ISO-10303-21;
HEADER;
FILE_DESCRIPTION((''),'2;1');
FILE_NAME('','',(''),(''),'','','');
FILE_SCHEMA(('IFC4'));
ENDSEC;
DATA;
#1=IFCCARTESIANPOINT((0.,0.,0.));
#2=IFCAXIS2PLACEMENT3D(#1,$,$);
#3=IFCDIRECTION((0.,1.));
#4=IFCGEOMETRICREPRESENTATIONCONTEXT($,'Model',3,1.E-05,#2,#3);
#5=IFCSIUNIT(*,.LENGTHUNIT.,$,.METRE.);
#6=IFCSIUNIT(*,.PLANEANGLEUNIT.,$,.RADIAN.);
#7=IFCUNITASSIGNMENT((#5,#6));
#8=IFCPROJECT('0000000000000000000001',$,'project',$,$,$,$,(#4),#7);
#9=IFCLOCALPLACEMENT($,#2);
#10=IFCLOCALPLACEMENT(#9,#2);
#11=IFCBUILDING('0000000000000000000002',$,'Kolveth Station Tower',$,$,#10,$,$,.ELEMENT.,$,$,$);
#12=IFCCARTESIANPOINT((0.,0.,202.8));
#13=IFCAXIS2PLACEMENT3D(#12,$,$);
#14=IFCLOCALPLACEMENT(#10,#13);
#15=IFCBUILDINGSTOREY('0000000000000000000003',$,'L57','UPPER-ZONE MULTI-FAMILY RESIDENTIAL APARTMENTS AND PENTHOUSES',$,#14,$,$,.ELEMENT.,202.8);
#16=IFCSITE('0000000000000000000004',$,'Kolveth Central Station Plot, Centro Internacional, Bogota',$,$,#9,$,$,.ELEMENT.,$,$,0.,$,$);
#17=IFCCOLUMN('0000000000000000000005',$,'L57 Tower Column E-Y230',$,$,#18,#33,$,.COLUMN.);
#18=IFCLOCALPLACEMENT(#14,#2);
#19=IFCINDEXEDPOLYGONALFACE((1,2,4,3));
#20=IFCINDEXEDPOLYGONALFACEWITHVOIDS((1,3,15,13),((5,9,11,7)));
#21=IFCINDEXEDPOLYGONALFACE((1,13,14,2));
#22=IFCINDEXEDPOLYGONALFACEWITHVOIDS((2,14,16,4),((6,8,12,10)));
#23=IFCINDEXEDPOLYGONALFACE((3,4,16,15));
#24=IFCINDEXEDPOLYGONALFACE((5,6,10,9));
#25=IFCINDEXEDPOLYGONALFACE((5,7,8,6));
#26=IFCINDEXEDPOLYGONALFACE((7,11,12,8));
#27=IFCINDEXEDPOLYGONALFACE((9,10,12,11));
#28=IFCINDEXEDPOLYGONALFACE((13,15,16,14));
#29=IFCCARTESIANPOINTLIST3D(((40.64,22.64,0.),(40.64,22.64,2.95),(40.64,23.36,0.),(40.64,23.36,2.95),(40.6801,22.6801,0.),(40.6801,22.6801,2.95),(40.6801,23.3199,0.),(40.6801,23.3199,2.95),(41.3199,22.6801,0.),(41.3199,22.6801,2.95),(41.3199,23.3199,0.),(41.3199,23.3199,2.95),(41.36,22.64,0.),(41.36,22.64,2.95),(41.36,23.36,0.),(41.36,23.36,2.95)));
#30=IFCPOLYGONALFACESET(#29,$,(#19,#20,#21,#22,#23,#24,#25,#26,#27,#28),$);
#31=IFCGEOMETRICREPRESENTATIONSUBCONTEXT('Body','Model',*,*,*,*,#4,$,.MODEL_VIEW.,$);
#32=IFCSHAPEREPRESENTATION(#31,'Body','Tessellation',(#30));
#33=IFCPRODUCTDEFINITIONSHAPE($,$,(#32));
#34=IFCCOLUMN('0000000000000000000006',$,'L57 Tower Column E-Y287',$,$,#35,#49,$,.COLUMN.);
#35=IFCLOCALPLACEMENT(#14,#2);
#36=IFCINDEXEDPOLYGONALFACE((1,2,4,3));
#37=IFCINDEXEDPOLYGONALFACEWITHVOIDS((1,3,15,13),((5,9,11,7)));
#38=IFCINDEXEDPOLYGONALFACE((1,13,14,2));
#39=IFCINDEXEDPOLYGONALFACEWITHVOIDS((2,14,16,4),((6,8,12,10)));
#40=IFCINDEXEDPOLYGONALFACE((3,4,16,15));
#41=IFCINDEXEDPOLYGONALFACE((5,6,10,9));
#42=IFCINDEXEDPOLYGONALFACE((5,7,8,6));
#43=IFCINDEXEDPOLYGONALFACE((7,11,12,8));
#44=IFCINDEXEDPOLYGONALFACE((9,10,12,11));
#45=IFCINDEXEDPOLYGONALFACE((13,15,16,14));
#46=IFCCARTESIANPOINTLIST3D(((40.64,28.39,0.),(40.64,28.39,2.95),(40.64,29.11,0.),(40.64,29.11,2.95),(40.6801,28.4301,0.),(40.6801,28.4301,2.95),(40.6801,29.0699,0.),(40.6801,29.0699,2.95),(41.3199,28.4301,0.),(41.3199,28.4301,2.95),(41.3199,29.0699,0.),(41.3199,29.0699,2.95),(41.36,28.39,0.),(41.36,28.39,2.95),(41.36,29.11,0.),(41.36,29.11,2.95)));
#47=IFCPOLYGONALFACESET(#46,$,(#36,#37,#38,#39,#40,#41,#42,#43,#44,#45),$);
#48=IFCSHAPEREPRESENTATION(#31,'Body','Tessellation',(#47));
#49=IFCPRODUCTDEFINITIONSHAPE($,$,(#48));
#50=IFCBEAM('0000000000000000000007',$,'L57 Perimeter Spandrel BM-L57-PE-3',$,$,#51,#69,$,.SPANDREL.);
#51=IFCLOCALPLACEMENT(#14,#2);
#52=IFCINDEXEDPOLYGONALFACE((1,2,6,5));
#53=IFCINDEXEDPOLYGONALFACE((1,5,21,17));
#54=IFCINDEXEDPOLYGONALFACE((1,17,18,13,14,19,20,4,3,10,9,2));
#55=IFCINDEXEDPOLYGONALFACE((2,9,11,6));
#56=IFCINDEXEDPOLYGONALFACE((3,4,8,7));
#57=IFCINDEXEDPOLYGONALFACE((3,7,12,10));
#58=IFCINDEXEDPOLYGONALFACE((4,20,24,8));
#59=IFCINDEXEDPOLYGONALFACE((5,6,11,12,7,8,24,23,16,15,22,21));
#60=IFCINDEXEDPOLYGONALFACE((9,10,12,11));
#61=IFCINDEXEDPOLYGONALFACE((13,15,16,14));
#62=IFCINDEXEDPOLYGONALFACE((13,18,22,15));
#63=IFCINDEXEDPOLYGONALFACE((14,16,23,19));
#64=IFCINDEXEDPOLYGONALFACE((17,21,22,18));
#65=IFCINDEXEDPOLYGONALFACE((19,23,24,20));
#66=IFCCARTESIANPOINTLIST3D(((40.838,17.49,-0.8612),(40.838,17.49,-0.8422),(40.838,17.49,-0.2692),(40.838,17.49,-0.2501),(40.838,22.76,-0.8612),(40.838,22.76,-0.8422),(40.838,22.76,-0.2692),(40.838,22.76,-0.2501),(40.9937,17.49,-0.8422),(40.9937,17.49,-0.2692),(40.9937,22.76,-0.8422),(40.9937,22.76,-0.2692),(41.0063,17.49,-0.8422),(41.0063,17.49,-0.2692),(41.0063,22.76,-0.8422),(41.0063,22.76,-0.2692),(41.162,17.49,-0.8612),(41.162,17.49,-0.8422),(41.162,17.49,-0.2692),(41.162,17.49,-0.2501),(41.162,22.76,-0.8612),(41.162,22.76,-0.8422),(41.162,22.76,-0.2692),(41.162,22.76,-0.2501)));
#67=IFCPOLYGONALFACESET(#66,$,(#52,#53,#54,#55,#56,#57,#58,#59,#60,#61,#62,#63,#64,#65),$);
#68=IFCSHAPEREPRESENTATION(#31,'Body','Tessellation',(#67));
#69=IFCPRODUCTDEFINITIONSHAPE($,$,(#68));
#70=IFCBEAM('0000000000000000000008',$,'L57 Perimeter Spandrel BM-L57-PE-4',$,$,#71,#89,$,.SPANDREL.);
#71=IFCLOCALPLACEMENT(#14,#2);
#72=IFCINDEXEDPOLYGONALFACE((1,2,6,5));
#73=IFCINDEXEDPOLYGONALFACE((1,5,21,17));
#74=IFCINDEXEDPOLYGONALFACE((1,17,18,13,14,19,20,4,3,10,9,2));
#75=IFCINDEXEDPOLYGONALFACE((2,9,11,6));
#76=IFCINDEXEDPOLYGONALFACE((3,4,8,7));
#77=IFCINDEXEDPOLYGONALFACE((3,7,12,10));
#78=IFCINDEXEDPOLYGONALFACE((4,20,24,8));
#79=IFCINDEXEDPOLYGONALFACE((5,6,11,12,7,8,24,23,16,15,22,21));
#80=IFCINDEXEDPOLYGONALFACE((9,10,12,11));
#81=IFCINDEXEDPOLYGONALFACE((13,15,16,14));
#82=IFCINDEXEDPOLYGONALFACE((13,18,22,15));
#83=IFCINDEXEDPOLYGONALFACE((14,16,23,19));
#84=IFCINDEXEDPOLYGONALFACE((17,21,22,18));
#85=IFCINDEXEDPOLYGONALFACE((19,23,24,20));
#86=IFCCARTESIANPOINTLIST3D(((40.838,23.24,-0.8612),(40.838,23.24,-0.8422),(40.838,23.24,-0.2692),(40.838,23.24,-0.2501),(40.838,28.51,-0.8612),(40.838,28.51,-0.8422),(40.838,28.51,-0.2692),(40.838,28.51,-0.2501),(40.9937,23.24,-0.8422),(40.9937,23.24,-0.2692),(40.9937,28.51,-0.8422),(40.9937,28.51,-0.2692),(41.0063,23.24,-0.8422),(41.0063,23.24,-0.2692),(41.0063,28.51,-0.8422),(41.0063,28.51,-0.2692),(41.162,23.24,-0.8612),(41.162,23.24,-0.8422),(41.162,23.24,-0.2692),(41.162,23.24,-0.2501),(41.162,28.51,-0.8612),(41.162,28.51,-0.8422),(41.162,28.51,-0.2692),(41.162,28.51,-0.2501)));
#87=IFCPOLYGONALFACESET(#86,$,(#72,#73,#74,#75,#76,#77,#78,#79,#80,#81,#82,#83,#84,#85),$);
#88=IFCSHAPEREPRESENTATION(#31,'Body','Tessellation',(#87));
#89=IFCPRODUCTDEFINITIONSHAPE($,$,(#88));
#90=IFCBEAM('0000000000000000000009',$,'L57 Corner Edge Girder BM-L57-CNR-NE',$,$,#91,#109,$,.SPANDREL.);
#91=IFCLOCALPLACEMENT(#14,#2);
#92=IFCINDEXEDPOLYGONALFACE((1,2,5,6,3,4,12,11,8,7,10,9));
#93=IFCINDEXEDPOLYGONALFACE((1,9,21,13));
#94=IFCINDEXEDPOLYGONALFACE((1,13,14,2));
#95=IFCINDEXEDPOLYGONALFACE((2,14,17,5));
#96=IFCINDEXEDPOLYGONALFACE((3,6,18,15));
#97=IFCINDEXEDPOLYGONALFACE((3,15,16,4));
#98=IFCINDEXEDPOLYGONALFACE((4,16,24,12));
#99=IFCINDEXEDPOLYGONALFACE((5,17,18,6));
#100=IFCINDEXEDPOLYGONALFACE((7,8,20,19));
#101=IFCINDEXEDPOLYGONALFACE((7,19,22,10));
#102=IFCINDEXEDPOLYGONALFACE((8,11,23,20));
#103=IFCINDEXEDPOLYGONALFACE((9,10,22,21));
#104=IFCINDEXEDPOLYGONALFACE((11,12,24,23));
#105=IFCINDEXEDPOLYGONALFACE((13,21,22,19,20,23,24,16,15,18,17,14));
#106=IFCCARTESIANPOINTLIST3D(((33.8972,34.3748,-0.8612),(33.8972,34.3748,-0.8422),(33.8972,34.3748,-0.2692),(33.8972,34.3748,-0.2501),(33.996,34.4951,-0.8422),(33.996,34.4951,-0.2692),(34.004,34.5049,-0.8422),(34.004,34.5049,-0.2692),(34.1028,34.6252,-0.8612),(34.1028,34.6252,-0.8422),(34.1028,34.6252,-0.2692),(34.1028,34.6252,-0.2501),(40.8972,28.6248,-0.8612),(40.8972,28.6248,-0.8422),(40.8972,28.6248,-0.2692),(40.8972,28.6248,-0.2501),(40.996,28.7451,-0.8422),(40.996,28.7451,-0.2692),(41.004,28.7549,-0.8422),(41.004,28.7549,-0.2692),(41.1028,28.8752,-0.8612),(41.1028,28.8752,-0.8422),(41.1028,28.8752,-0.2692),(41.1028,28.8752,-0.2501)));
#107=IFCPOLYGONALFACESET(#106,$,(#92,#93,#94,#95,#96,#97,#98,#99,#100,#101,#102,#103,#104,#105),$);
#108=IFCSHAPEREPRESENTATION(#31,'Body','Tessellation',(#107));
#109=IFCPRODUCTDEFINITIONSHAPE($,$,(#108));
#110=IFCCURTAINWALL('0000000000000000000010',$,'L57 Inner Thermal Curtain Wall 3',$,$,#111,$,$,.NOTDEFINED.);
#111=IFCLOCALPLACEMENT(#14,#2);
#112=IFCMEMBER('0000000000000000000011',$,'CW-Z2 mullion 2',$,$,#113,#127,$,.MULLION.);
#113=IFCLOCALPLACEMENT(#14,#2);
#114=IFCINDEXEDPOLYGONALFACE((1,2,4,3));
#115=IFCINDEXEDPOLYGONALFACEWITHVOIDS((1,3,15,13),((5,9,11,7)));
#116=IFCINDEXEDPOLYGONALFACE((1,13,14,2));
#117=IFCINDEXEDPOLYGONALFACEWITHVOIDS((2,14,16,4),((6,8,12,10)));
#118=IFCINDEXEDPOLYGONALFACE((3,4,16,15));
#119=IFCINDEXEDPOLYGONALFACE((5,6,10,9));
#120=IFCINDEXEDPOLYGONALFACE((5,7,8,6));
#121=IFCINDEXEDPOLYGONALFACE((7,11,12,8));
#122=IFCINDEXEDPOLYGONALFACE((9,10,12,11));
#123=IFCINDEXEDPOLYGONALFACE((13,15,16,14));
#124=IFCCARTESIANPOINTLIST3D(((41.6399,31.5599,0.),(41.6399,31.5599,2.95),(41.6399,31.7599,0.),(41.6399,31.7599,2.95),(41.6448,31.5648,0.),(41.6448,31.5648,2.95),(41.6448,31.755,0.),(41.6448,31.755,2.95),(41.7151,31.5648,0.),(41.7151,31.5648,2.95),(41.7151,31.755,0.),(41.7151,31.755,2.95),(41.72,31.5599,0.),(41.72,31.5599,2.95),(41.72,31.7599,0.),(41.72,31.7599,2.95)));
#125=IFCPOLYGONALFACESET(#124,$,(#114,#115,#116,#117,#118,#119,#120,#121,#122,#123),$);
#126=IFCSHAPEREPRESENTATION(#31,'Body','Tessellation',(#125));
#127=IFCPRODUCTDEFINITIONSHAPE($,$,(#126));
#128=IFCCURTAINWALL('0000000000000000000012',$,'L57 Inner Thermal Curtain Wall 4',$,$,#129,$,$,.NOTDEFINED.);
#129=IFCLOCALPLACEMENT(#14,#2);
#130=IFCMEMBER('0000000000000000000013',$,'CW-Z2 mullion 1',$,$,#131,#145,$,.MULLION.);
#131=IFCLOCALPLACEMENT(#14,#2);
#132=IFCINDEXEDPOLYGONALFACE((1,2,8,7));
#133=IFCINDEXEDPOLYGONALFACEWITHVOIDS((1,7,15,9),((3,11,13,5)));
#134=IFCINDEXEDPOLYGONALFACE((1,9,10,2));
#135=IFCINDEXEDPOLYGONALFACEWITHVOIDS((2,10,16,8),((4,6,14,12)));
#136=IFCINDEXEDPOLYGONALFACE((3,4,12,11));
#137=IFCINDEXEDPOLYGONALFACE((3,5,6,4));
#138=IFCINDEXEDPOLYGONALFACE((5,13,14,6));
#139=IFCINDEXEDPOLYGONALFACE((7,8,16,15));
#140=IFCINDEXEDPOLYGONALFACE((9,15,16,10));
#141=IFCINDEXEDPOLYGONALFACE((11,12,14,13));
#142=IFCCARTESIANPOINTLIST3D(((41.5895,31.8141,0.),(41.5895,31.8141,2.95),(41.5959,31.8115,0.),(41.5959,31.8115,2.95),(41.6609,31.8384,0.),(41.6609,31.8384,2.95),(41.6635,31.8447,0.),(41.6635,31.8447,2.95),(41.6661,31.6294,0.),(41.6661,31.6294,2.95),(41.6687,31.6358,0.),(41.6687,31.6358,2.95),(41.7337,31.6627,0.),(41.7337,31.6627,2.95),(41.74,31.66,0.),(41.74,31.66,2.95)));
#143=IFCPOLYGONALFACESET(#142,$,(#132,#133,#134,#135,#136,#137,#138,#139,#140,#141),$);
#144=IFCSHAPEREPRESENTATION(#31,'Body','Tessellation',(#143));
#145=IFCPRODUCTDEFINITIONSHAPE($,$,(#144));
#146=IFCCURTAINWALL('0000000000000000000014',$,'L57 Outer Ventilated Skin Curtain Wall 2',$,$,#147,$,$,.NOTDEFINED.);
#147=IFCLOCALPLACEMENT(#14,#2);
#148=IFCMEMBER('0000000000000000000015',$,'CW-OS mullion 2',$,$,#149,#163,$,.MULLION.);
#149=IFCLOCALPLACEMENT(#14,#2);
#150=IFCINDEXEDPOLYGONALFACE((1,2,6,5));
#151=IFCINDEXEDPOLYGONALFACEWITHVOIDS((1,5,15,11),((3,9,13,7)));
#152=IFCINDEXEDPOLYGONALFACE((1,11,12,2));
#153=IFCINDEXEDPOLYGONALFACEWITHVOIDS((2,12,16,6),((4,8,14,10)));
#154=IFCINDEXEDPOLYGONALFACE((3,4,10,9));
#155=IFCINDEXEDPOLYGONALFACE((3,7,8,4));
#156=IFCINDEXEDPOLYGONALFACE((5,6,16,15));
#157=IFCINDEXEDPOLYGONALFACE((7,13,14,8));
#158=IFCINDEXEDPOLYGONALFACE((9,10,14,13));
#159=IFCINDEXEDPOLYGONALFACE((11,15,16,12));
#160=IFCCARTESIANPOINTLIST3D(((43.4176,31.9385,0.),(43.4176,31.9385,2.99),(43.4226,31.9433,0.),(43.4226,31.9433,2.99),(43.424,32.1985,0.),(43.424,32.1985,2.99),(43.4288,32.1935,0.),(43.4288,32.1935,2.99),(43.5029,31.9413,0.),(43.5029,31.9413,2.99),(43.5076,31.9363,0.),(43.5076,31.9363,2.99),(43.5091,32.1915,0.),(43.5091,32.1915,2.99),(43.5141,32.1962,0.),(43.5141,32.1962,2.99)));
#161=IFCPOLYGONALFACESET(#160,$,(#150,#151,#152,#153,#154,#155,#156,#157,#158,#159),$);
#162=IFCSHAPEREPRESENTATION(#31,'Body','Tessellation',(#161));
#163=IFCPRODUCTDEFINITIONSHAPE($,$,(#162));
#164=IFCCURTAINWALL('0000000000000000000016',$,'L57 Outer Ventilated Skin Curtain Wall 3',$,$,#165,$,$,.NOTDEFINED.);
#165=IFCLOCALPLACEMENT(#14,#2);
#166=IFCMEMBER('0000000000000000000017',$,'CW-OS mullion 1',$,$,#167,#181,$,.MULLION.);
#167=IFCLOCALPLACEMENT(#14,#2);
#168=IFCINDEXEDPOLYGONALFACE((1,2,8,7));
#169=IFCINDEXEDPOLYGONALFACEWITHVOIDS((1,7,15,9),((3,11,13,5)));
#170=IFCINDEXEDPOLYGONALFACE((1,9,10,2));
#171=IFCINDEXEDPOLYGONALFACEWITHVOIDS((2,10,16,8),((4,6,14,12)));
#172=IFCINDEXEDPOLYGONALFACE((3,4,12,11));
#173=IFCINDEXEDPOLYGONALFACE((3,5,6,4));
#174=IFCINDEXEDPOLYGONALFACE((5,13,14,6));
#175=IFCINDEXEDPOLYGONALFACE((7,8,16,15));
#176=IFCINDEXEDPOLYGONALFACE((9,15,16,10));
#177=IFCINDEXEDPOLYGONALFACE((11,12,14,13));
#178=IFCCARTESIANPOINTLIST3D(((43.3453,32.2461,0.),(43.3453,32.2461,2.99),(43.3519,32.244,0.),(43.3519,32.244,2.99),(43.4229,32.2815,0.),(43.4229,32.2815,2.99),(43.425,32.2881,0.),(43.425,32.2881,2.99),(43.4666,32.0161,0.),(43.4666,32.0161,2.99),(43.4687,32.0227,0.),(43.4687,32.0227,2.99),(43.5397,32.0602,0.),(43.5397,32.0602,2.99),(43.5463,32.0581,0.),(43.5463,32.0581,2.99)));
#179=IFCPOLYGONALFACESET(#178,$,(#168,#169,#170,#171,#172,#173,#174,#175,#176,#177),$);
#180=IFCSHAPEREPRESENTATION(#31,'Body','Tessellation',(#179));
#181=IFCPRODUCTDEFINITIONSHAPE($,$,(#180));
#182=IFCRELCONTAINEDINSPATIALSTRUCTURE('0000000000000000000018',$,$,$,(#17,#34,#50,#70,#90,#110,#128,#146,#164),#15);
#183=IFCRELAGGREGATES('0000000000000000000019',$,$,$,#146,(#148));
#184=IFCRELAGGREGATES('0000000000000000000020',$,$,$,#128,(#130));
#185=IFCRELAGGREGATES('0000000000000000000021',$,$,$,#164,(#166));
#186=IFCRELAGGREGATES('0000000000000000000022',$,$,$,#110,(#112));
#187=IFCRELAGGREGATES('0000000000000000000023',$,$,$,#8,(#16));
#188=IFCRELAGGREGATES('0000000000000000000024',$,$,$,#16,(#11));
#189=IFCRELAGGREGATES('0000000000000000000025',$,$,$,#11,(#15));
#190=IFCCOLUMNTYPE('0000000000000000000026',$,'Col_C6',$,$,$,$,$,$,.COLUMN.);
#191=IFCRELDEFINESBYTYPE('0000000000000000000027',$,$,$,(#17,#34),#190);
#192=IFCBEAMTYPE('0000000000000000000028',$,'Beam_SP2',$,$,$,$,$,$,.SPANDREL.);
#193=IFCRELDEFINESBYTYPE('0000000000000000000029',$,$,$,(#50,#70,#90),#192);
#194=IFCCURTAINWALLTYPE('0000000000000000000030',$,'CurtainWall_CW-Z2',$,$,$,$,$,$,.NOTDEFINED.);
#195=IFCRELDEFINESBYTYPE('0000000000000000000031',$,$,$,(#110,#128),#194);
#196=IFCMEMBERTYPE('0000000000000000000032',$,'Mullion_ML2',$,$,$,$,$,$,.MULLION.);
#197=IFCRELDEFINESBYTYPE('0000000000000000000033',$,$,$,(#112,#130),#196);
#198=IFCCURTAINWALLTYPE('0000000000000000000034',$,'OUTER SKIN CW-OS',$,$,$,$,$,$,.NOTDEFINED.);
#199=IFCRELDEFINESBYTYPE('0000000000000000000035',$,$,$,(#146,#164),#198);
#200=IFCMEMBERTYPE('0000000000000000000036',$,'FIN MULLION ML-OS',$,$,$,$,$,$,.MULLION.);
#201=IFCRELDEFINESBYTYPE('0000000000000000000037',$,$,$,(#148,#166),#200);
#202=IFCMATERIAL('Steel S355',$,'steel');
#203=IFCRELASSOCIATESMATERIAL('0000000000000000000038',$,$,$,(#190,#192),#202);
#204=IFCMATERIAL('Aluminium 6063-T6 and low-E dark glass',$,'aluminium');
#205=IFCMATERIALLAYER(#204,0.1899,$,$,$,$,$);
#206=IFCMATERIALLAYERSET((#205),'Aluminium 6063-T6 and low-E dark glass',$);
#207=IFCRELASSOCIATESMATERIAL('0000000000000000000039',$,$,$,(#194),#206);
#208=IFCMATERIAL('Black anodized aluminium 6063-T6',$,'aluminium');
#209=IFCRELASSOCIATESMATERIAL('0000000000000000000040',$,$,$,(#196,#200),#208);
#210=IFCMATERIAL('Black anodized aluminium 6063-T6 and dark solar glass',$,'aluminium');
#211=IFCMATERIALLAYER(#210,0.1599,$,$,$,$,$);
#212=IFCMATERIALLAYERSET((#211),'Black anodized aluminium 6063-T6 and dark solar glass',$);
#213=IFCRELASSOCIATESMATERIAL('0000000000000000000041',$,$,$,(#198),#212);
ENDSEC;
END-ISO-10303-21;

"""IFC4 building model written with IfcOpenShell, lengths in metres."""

from ifc_helpers import new_model, si_unit, direction, frame, origin, origin_2d, place, context, subcontext, project, spatial, hollow_rectangle, i_section, extrude, source, transform, mapped, material, layer, layer_set, material_profile, profile_set, type_object, element, aggregate, save


model = new_model("IFC4")

# Units and contexts
model_context = context("Model", 3, precision=1e-05, world=origin(), true_north=direction((0.0, 1.0)))
body_context = subcontext(model_context, "Body", "Model", "MODEL_VIEW")
ifc_project = project(units=[si_unit("LENGTHUNIT", "METRE"), si_unit("PLANEANGLEUNIT", "RADIAN")], contexts=[model_context])

# Site, building, storey
site_placement = place(None, origin())
site = spatial("IfcSite", under=ifc_project, at=site_placement, Name="Kolveth Central Station Plot, Centro Internacional, Bogota", CompositionType="ELEMENT", RefElevation=0.0)
building_placement = place(site_placement, origin())
building = spatial("IfcBuilding", under=site, at=building_placement, Name="Kolveth Station Tower", CompositionType="ELEMENT")
storey_placement = place(building_placement, frame((0.0, 0.0, 202.8)))
storey = spatial("IfcBuildingStorey", under=building, at=storey_placement, Name="L57", Description="UPPER-ZONE MULTI-FAMILY RESIDENTIAL APARTMENTS AND PENTHOUSES", CompositionType="ELEMENT", Elevation=202.8)

# Columns
ifc_material_1 = material(Name="Steel S355", Category="steel")
ifc_material_profile_1 = material_profile(ifc_material_1, hollow_rectangle(XDim=0.72, YDim=0.72, WallThickness=0.04, at=origin_2d()), Name="BOX720x720x40")
ifc_profile_set_1 = profile_set([ifc_material_profile_1], Name="Steel S355")
column_type = type_object("IfcColumnType", Name="Col_C6", PredefinedType="COLUMN", material=ifc_profile_set_1)
shared_shape_1 = source(origin(), body_context, "Body", "SweptSolid", [
    extrude(hollow_rectangle(XDim=0.72, YDim=0.72, WallThickness=0.04, at=origin_2d()), origin(), (0.0, 0.0, 1.0), 2.95),
])
for number, where, z_axis, x_axis, name in (
    (1, (41.0, 23.0, 0.0), (0.0, 0.0, 1.0), (1.0, 0.0, 0.0), "L57 Tower Column E-Y230"),
    (2, (41.0, 28.75, 0.0), (0.0, 0.0, 1.0), (1.0, 0.0, 0.0), "L57 Tower Column E-Y287"),
):
    element("IfcColumn", number, at=place(storey_placement, frame(where, z_axis=z_axis, x_axis=x_axis)), inside=storey, type_object=column_type, Name=name, PredefinedType="COLUMN", context=body_context, shape_type="MappedRepresentation", body=[
        mapped(shared_shape_1, transform((0.0, 0.0, 0.0), x_axis=(1.0, 0.0, 0.0), y_axis=(0.0, 1.0, 0.0), z_axis=(0.0, 0.0, 1.0), scale=1.0)),
    ])

# Beams
ifc_material_profile_2 = material_profile(ifc_material_1, i_section(OverallWidth=0.324, OverallDepth=0.6111, WebThickness=0.0127, FlangeThickness=0.019, at=origin_2d()), Name="W610x155")
ifc_profile_set_2 = profile_set([ifc_material_profile_2], Name="Steel S355")
beam_type = type_object("IfcBeamType", Name="Beam_SP2", PredefinedType="SPANDREL", material=ifc_profile_set_2)
shared_shape_2 = source(origin(), body_context, "Body", "SweptSolid", [
    extrude(i_section(OverallWidth=0.324, OverallDepth=0.6111, WebThickness=0.0127, FlangeThickness=0.019, at=origin_2d()), origin(), (0.0, 0.0, 1.0), 5.27),
])
for number, where, z_axis, x_axis, name in (
    (3, (41.0, 17.49, -0.5557), (0.0, 1.0, 0.0), (-1.0, 0.0, 0.0), "L57 Perimeter Spandrel BM-L57-PE-3"),
    (4, (41.0, 23.24, -0.5557), (0.0, 1.0, 0.0), (-1.0, 0.0, 0.0), "L57 Perimeter Spandrel BM-L57-PE-4"),
):
    element("IfcBeam", number, at=place(storey_placement, frame(where, z_axis=z_axis, x_axis=x_axis)), inside=storey, type_object=beam_type, Name=name, PredefinedType="SPANDREL", context=body_context, shape_type="MappedRepresentation", body=[
        mapped(shared_shape_2, transform((0.0, 0.0, 0.0), x_axis=(1.0, 0.0, 0.0), y_axis=(0.0, 1.0, 0.0), z_axis=(0.0, 0.0, 1.0), scale=1.0)),
    ])
shared_shape_3 = source(origin(), body_context, "Body", "SweptSolid", [
    extrude(i_section(OverallWidth=0.324, OverallDepth=0.6111, WebThickness=0.0127, FlangeThickness=0.019, at=origin_2d()), origin(), (0.0, 0.0, 1.0), 9.0588),
])
beam_placement = place(storey_placement, frame((41.0, 28.75, -0.5557), z_axis=(-0.772726, 0.634739, 0.0), x_axis=(-0.634739, -0.772726, 0.0)))
element("IfcBeam", 5, at=beam_placement, inside=storey, type_object=beam_type, Name="L57 Corner Edge Girder BM-L57-CNR-NE", PredefinedType="SPANDREL", context=body_context, shape_type="MappedRepresentation", body=[
    mapped(shared_shape_3, transform((0.0, 0.0, 0.0), x_axis=(1.0, 0.0, 0.0), y_axis=(0.0, 1.0, 0.0), z_axis=(0.0, 0.0, 1.0), scale=1.0)),
])

# Curtain walls, members
ifc_material_2 = material(Name="Aluminium 6063-T6 and low-E dark glass", Category="aluminium")
ifc_layer_1 = layer(ifc_material_2, 0.1899)
ifc_layer_set_1 = layer_set([ifc_layer_1], Name="Aluminium 6063-T6 and low-E dark glass")
curtain_wall_type_1 = type_object("IfcCurtainWallType", Name="CurtainWall_CW-Z2", PredefinedType="NOTDEFINED", material=ifc_layer_set_1)
curtain_wall_1_placement = place(storey_placement, origin())
curtain_wall_1 = element("IfcCurtainWall", 6, at=curtain_wall_1_placement, inside=storey, type_object=curtain_wall_type_1, Name="L57 Inner Thermal Curtain Wall 3", PredefinedType="NOTDEFINED")
ifc_material_3 = material(Name="Black anodized aluminium 6063-T6", Category="aluminium")
ifc_material_profile_3 = material_profile(ifc_material_3, hollow_rectangle(XDim=0.0801, YDim=0.2, WallThickness=0.0049, at=origin_2d()), Name="ALU-80x200x5")
ifc_profile_set_3 = profile_set([ifc_material_profile_3], Name="Black anodized aluminium 6063-T6")
member_type_1 = type_object("IfcMemberType", Name="Mullion_ML2", PredefinedType="MULLION", material=ifc_profile_set_3)
shared_shape_4 = source(origin(), body_context, "Body", "SweptSolid", [
    extrude(hollow_rectangle(XDim=0.0801, YDim=0.2, WallThickness=0.0049, at=origin_2d()), origin(), (0.0, 0.0, 1.0), 2.95),
])
member_1_placement = place(storey_placement, frame((41.6799, 31.6599, 0.0), z_axis=(0.0, 0.0, 1.0), x_axis=(-1.0, 0.0, 0.0)))
member_1 = element("IfcMember", 7, at=member_1_placement, type_object=member_type_1, Name="CW-Z2 mullion 2", PredefinedType="MULLION", context=body_context, shape_type="MappedRepresentation", body=[
    mapped(shared_shape_4, transform((0.0, 0.0, 0.0), x_axis=(1.0, 0.0, 0.0), y_axis=(0.0, 1.0, 0.0), z_axis=(0.0, 0.0, 1.0), scale=1.0)),
])
curtain_wall_2_placement = place(storey_placement, origin())
curtain_wall_2 = element("IfcCurtainWall", 8, at=curtain_wall_2_placement, inside=storey, type_object=curtain_wall_type_1, Name="L57 Inner Thermal Curtain Wall 4", PredefinedType="NOTDEFINED")
member_2_placement = place(storey_placement, frame((41.6648, 31.7371, 0.0), z_axis=(0.0, 0.0, 1.0), x_axis=(-0.923874, -0.382698, 0.0)))
member_2 = element("IfcMember", 9, at=member_2_placement, type_object=member_type_1, Name="CW-Z2 mullion 1", PredefinedType="MULLION", context=body_context, shape_type="MappedRepresentation", body=[
    mapped(shared_shape_4, transform((0.0, 0.0, 0.0), x_axis=(1.0, 0.0, 0.0), y_axis=(0.0, 1.0, 0.0), z_axis=(0.0, 0.0, 1.0), scale=1.0)),
])
ifc_material_4 = material(Name="Black anodized aluminium 6063-T6 and dark solar glass", Category="aluminium")
ifc_layer_2 = layer(ifc_material_4, 0.1599)
ifc_layer_set_2 = layer_set([ifc_layer_2], Name="Black anodized aluminium 6063-T6 and dark solar glass")
curtain_wall_type_2 = type_object("IfcCurtainWallType", Name="OUTER SKIN CW-OS", PredefinedType="NOTDEFINED", material=ifc_layer_set_2)
curtain_wall_3_placement = place(storey_placement, origin())
curtain_wall_3 = element("IfcCurtainWall", 10, at=curtain_wall_3_placement, inside=storey, type_object=curtain_wall_type_2, Name="L57 Outer Ventilated Skin Curtain Wall 2", PredefinedType="NOTDEFINED")
ifc_material_profile_4 = material_profile(ifc_material_3, hollow_rectangle(XDim=0.0901, YDim=0.26, WallThickness=0.0049, at=origin_2d()), Name="ALU-90x260x5")
ifc_profile_set_4 = profile_set([ifc_material_profile_4], Name="Black anodized aluminium 6063-T6")
member_type_2 = type_object("IfcMemberType", Name="FIN MULLION ML-OS", PredefinedType="MULLION", material=ifc_profile_set_4)
shared_shape_5 = source(origin(), body_context, "Body", "SweptSolid", [
    extrude(hollow_rectangle(XDim=0.0901, YDim=0.26, WallThickness=0.0049, at=origin_2d()), origin(), (0.0, 0.0, 1.0), 2.99),
])
member_3_placement = place(storey_placement, frame((43.4658, 32.0674, 0.0), z_axis=(0.0, 0.0, 1.0), x_axis=(-0.999691, 0.024876, 0.0)))
member_3 = element("IfcMember", 11, at=member_3_placement, type_object=member_type_2, Name="CW-OS mullion 2", PredefinedType="MULLION", context=body_context, shape_type="MappedRepresentation", body=[
    mapped(shared_shape_5, transform((0.0, 0.0, 0.0), x_axis=(1.0, 0.0, 0.0), y_axis=(0.0, 1.0, 0.0), z_axis=(0.0, 0.0, 1.0), scale=1.0)),
])
aggregate(curtain_wall_3, [member_3])
curtain_wall_4_placement = place(storey_placement, origin())
curtain_wall_4 = element("IfcCurtainWall", 12, at=curtain_wall_4_placement, inside=storey, type_object=curtain_wall_type_2, Name="L57 Outer Ventilated Skin Curtain Wall 3", PredefinedType="NOTDEFINED")
member_4_placement = place(storey_placement, frame((43.4458, 32.1521, 0.0), z_axis=(0.0, 0.0, 1.0), x_axis=(-0.88446, -0.466617, 0.0)))
member_4 = element("IfcMember", 13, at=member_4_placement, type_object=member_type_2, Name="CW-OS mullion 1", PredefinedType="MULLION", context=body_context, shape_type="MappedRepresentation", body=[
    mapped(shared_shape_5, transform((0.0, 0.0, 0.0), x_axis=(1.0, 0.0, 0.0), y_axis=(0.0, 1.0, 0.0), z_axis=(0.0, 0.0, 1.0), scale=1.0)),
])

aggregate(curtain_wall_2, [member_2])
aggregate(curtain_wall_4, [member_4])

aggregate(curtain_wall_1, [member_1])

save(model, "model.ifc")
